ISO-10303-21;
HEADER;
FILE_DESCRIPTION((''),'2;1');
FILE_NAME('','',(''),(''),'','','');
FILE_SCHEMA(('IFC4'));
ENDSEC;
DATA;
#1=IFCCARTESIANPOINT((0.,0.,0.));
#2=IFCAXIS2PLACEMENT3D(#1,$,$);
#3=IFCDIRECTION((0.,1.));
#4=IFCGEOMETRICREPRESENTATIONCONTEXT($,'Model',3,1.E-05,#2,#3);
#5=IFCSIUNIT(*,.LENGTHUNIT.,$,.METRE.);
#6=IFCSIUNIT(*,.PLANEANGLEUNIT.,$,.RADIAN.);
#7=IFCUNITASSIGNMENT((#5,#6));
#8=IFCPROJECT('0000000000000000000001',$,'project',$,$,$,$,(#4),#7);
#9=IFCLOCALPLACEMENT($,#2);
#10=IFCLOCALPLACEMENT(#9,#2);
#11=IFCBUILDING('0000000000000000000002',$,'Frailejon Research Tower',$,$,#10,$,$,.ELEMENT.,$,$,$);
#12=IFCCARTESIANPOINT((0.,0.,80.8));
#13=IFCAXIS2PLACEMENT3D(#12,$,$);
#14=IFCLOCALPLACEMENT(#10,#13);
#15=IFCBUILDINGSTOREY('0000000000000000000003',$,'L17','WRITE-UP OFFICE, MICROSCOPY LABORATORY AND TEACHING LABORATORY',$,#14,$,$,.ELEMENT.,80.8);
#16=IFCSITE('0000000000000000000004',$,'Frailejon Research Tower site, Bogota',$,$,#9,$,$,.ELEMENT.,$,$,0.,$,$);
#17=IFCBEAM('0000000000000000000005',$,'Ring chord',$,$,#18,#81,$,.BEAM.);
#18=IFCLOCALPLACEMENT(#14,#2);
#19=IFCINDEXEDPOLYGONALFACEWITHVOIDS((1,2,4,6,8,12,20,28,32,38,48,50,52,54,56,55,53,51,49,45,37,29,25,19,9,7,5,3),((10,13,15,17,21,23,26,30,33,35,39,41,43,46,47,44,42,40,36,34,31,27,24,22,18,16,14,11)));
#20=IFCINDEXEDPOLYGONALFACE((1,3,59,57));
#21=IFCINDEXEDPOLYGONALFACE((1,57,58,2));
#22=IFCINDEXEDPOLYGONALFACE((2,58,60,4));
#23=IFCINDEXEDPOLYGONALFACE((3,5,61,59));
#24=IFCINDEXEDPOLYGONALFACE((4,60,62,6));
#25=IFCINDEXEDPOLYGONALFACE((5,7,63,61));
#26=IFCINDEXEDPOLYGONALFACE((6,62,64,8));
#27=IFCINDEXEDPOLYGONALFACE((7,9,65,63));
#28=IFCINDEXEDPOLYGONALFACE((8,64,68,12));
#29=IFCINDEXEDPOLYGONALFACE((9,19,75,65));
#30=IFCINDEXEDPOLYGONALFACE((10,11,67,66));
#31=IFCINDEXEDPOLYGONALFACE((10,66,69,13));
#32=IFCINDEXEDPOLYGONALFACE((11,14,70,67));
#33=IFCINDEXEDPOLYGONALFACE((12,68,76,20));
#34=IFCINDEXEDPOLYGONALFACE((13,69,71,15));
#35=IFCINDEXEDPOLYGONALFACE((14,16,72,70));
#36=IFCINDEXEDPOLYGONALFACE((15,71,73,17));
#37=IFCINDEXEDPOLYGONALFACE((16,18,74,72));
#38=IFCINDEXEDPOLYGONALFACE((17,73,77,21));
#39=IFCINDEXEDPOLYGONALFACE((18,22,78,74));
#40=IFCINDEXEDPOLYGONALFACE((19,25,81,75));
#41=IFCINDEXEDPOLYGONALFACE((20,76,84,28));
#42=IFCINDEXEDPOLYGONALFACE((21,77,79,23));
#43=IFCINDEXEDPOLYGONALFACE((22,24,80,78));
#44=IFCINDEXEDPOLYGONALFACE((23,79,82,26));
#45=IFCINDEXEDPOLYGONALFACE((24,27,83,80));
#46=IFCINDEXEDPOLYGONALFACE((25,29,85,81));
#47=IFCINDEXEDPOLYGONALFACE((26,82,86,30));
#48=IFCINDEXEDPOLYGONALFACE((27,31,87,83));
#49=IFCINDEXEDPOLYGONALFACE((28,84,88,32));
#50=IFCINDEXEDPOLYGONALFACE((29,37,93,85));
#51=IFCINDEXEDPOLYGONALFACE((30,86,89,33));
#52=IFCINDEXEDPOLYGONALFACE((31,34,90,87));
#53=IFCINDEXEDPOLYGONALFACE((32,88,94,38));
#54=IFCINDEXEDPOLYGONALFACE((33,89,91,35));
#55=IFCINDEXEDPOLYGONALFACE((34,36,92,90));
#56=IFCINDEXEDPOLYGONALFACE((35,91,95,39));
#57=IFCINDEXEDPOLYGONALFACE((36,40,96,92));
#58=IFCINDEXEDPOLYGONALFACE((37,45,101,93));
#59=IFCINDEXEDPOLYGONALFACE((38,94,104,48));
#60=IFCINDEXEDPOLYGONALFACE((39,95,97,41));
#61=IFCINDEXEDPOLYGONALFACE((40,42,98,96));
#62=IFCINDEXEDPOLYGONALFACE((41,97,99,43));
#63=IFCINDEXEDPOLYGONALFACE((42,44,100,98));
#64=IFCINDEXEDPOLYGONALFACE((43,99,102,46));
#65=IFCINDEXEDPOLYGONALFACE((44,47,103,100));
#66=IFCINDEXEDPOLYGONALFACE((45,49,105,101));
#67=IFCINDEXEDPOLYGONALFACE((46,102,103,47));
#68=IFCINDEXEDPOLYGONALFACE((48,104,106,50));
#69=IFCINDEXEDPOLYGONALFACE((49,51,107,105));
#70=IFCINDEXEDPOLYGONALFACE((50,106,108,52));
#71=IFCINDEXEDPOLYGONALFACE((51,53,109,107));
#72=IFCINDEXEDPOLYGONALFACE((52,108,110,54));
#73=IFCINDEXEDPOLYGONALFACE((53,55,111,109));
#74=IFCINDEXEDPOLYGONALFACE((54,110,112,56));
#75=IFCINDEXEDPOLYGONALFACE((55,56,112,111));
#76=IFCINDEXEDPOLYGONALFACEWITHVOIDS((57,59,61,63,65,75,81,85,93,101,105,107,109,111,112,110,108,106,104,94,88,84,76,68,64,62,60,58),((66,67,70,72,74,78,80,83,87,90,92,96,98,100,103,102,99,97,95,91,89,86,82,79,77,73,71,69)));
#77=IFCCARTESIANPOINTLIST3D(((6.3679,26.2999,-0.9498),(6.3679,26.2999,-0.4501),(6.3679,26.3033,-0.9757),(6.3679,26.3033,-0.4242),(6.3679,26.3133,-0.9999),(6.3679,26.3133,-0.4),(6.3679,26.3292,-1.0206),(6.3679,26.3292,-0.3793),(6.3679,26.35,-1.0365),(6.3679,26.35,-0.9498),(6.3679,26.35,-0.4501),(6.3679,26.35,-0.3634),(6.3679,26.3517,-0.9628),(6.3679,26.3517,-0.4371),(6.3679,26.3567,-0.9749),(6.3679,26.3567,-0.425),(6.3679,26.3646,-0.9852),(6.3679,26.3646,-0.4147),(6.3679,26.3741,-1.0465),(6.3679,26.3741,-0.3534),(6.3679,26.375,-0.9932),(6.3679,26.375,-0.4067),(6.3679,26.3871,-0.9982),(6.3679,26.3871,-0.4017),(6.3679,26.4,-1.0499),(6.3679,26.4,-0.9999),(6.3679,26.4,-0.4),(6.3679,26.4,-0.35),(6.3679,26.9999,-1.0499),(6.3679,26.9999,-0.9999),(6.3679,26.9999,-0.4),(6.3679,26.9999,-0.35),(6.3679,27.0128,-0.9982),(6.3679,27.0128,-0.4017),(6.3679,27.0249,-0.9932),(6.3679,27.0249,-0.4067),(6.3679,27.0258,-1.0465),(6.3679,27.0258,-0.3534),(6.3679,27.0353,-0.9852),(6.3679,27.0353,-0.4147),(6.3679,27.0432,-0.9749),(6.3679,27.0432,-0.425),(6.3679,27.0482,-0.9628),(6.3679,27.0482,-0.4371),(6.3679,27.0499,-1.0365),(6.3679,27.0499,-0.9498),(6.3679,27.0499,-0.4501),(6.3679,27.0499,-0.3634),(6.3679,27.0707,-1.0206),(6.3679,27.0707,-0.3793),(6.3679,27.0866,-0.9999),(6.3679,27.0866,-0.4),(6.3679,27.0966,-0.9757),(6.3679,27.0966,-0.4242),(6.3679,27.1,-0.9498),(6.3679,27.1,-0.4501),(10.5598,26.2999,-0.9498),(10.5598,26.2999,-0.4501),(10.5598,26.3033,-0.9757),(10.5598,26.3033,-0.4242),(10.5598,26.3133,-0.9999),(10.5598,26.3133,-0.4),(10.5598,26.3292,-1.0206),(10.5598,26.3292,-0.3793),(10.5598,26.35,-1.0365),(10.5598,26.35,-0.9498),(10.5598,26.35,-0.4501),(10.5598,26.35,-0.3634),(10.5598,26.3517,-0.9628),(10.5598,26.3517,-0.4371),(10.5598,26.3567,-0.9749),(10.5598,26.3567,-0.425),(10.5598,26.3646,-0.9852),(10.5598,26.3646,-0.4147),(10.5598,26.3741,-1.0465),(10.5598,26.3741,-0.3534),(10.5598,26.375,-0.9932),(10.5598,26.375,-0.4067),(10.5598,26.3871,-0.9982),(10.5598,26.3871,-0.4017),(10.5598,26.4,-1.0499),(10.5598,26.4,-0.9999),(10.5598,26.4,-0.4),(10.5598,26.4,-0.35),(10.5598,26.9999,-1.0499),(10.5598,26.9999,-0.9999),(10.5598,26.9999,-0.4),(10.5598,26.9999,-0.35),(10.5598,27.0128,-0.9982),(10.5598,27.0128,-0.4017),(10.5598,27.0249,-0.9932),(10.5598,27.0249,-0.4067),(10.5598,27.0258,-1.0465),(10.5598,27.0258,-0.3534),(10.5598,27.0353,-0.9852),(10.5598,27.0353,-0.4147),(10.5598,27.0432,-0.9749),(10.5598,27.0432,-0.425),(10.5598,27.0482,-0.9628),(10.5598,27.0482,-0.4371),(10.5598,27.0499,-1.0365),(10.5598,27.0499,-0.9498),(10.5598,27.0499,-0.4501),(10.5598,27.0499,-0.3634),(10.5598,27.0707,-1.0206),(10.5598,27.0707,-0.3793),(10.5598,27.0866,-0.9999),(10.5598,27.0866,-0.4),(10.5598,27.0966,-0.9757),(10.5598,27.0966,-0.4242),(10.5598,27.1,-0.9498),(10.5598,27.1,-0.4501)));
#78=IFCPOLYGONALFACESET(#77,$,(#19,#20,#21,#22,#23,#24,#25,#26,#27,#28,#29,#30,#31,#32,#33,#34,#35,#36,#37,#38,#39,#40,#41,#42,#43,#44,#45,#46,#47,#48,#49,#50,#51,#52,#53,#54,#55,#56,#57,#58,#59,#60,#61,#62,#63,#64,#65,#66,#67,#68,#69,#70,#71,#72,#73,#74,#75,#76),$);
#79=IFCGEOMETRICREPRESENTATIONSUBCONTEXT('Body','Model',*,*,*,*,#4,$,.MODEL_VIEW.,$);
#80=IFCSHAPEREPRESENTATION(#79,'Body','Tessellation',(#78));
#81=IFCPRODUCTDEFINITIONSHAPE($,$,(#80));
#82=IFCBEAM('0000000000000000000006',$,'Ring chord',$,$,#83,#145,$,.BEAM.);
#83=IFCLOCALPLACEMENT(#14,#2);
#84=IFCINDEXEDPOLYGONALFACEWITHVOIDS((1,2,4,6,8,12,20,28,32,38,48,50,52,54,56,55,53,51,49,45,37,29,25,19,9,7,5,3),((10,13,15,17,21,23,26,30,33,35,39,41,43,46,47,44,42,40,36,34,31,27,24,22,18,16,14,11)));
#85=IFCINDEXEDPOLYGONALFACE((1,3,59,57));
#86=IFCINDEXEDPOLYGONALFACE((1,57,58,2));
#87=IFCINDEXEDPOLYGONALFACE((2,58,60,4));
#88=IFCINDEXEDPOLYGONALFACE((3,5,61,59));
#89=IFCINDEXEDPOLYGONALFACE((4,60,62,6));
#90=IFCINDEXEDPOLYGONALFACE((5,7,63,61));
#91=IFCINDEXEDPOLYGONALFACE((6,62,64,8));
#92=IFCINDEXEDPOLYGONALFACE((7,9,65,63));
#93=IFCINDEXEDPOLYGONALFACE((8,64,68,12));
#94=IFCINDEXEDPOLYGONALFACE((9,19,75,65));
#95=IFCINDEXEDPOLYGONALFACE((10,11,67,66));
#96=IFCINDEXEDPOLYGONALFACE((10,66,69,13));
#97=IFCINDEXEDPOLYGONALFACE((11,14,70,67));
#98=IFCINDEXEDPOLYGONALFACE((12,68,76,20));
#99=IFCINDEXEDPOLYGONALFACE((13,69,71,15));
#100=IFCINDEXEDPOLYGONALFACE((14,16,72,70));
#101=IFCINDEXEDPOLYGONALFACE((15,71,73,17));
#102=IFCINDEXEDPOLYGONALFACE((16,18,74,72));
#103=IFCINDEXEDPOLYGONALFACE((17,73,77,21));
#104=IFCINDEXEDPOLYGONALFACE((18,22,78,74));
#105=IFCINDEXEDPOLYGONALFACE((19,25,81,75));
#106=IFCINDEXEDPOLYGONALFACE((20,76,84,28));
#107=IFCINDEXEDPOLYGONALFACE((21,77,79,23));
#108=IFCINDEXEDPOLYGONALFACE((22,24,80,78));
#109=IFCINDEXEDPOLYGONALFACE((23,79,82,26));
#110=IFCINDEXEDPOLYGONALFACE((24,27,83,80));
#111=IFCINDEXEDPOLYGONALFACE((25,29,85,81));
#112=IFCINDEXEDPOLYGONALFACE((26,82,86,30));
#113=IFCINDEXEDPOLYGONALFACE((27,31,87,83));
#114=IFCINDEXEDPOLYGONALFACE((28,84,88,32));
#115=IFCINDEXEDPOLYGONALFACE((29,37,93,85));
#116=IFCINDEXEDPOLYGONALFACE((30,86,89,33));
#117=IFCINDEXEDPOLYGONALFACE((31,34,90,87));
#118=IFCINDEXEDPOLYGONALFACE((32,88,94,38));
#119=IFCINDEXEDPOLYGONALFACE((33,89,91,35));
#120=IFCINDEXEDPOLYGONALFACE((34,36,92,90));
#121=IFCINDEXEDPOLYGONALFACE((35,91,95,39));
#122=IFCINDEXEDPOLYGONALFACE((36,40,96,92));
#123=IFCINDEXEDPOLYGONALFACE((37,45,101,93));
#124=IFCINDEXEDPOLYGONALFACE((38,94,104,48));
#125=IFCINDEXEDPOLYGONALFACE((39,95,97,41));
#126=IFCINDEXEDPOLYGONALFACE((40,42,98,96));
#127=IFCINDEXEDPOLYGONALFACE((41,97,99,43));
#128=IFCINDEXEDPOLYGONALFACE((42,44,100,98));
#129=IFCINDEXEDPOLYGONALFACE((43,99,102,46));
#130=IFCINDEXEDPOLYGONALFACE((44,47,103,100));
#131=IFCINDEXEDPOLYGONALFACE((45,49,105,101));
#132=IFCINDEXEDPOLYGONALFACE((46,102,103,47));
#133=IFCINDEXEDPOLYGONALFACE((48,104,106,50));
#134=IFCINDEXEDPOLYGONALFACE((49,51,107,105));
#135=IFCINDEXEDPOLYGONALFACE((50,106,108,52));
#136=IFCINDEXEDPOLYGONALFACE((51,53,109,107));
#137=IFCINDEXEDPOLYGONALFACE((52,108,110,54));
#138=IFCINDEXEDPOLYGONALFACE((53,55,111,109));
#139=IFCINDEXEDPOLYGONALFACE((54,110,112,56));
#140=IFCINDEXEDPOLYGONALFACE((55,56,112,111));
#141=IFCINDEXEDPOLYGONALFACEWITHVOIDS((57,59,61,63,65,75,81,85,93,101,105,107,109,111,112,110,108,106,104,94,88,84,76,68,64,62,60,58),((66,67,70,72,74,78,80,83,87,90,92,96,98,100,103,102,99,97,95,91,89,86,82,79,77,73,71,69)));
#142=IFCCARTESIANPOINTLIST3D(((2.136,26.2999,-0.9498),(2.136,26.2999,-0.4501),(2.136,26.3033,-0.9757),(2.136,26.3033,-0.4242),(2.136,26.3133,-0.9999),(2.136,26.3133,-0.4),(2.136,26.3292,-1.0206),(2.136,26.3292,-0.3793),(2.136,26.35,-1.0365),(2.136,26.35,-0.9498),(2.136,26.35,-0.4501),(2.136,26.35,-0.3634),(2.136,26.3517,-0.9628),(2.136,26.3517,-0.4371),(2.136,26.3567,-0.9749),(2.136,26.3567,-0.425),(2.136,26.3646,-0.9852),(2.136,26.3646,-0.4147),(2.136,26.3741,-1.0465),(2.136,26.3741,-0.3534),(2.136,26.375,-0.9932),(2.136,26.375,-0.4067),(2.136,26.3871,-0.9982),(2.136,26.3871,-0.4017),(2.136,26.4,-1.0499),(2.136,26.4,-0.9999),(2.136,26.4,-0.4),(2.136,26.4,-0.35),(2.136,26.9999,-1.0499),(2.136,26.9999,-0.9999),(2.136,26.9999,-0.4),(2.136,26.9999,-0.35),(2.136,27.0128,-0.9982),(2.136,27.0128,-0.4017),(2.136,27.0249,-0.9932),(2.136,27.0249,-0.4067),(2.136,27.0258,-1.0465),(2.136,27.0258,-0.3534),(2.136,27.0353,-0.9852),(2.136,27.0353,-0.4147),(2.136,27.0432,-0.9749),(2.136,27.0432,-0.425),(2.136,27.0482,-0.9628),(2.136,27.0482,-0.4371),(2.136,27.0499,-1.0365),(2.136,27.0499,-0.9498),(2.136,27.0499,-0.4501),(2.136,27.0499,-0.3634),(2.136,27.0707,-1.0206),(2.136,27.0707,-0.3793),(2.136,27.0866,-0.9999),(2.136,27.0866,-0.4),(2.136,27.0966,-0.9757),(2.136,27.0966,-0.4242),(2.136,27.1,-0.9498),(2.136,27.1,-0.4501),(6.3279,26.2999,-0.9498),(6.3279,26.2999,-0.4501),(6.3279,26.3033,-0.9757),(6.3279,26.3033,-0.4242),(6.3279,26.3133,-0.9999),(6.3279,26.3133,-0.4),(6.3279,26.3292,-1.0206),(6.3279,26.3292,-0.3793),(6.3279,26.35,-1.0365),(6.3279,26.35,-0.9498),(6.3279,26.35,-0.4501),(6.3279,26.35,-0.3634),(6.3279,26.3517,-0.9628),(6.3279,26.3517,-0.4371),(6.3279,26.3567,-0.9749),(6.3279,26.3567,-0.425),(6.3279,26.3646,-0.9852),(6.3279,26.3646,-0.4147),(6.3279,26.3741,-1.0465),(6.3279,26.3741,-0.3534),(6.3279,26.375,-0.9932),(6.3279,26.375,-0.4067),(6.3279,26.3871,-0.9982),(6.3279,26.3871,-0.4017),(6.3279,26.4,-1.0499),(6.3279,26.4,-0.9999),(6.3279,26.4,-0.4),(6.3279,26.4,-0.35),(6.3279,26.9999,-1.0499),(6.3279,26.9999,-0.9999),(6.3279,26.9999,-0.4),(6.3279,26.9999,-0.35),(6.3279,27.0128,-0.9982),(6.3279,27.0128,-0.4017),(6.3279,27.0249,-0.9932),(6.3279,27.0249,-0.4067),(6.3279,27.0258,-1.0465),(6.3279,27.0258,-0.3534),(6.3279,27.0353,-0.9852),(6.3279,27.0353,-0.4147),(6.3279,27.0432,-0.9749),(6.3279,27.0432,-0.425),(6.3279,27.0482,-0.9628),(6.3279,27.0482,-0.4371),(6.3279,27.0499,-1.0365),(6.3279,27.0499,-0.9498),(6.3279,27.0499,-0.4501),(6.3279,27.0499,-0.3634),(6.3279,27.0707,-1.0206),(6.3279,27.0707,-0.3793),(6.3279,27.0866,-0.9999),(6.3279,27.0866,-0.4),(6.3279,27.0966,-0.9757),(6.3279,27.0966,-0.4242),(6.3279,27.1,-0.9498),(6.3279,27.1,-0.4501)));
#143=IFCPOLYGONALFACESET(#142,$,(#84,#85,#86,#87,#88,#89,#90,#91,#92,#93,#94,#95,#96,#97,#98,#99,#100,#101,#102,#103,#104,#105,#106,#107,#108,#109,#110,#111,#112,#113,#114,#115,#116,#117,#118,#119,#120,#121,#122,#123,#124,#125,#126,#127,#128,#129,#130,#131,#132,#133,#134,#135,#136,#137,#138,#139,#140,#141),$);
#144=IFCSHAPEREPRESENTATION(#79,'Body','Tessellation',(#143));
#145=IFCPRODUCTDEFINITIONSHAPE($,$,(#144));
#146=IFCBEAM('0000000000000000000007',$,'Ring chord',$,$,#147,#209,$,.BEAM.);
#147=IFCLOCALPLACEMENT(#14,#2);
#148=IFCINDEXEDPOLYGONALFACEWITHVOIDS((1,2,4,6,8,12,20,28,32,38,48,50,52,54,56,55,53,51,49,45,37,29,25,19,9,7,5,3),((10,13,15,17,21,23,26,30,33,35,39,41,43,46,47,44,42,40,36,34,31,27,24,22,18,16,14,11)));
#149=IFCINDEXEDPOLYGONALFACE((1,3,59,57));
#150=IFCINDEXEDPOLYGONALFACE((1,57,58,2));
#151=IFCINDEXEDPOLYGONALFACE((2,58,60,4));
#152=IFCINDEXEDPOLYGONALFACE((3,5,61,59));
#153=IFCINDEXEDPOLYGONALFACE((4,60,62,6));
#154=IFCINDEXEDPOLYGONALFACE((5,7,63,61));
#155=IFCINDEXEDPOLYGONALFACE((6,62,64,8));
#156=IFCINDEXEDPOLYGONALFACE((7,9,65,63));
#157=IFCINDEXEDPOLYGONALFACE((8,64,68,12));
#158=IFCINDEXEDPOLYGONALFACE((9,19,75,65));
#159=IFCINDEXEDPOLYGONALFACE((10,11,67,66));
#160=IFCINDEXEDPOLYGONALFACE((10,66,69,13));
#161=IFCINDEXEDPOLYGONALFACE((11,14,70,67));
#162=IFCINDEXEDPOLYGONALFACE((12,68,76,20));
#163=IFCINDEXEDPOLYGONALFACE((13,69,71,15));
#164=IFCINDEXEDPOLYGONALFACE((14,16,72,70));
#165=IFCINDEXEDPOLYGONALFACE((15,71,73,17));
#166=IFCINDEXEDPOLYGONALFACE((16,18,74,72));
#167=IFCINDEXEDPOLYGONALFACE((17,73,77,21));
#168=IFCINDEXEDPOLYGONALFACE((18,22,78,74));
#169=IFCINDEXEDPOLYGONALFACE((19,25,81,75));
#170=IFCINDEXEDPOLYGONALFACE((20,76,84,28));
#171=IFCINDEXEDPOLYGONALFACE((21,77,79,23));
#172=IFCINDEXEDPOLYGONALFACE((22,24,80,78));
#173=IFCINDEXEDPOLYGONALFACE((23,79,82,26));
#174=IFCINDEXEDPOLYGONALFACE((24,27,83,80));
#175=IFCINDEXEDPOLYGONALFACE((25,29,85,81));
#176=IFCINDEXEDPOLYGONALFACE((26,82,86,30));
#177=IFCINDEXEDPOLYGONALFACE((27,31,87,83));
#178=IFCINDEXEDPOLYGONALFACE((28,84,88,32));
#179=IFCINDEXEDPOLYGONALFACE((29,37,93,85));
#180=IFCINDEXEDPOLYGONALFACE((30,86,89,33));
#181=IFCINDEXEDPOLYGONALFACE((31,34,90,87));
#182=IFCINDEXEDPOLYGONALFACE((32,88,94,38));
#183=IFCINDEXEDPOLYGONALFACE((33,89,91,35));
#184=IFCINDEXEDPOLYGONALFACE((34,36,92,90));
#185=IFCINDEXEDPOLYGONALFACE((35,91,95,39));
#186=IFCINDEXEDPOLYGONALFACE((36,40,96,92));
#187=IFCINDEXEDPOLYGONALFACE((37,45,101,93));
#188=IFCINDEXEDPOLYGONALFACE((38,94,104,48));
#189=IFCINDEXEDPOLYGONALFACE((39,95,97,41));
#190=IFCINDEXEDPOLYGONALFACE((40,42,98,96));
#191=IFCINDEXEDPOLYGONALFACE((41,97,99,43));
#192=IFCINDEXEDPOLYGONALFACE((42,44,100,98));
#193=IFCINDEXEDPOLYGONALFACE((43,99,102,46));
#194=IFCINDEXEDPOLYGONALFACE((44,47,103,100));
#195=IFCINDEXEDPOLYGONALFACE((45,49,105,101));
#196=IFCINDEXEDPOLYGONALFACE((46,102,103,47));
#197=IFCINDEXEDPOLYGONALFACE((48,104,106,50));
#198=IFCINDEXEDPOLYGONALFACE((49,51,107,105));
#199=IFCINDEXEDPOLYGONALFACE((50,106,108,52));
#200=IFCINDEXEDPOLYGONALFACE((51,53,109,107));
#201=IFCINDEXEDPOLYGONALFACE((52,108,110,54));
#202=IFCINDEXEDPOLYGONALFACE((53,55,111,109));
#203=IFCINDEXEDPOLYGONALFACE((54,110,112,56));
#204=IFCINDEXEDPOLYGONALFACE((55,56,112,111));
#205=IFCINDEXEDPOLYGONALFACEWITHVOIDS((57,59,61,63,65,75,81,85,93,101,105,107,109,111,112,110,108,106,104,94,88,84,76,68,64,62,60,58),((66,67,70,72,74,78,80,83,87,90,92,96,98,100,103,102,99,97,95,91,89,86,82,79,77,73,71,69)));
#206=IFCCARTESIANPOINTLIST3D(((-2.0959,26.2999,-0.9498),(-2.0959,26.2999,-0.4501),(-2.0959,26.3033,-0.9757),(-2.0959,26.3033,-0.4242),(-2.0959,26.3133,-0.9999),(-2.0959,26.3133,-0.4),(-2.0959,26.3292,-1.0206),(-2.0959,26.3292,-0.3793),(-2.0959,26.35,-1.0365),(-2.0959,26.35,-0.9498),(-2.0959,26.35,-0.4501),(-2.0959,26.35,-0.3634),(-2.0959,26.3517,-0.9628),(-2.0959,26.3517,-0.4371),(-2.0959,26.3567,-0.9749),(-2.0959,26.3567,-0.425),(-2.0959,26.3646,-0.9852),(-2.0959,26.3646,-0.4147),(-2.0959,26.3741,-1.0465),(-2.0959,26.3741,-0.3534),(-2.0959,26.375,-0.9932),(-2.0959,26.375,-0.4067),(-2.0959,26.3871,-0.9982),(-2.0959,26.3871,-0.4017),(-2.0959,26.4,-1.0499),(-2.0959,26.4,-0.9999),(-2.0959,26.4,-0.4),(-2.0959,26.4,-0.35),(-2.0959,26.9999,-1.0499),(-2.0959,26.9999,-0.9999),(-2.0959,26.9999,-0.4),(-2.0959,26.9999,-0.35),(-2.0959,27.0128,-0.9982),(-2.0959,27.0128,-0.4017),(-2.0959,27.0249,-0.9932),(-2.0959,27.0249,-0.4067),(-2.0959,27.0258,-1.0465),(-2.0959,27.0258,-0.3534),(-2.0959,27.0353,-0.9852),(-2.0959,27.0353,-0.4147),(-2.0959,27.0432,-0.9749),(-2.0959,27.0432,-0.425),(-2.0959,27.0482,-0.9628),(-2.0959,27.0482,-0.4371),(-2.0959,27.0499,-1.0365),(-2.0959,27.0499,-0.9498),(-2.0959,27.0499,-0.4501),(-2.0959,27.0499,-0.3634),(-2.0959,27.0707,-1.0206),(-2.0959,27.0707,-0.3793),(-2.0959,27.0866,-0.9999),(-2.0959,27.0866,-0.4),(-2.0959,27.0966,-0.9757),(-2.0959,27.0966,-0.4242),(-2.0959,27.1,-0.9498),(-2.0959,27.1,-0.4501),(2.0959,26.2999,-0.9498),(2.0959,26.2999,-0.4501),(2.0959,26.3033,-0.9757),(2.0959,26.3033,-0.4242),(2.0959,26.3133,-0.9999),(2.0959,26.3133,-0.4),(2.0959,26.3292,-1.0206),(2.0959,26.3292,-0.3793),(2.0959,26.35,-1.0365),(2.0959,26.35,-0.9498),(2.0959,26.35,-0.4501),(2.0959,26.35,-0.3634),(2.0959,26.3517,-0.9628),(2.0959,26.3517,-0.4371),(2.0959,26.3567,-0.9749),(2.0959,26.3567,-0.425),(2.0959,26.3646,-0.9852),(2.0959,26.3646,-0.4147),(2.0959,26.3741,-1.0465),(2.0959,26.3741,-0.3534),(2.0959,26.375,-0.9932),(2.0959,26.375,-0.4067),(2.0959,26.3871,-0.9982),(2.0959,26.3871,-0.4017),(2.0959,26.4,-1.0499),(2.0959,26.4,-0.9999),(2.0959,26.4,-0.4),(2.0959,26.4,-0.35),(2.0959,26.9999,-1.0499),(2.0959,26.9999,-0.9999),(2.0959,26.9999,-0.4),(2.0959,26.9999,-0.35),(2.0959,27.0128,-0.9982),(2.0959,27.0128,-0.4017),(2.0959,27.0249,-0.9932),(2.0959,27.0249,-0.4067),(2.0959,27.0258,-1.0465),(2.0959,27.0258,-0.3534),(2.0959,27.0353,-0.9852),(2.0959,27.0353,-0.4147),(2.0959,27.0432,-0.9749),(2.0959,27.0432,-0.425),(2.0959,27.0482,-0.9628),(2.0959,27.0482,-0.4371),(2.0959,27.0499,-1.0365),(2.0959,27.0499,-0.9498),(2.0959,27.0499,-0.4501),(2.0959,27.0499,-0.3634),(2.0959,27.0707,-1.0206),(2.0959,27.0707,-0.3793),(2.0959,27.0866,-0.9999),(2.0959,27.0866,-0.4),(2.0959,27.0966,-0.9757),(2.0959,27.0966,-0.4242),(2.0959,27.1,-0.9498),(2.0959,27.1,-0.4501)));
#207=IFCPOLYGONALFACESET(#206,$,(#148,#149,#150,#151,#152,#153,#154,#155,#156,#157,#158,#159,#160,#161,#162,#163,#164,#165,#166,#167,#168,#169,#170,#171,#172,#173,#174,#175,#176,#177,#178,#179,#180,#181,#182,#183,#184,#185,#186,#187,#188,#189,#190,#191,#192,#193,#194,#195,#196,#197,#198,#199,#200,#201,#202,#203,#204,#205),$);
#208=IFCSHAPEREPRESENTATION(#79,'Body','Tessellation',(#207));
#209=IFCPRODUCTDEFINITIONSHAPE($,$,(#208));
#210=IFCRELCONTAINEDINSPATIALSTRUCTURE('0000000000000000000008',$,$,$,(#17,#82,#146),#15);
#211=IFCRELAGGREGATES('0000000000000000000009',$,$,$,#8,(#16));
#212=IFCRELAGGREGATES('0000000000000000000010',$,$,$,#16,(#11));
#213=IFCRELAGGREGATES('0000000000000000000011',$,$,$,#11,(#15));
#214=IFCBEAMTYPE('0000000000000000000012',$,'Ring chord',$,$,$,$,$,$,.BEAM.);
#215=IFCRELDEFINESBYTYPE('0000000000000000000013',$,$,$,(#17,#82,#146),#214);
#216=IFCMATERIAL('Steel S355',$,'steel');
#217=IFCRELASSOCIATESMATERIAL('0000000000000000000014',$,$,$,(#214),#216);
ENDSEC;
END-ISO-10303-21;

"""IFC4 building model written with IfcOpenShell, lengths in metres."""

from ifc_helpers import new_model, si_unit, direction, frame, origin, origin_2d, place, context, subcontext, project, spatial, hollow_rectangle, extrude, material, material_profile, profile_set, type_object, element, save


model = new_model("IFC4")

# Units and contexts
model_context = context("Model", 3, precision=1e-05, world=origin(), true_north=direction((0.0, 1.0)))
body_context = subcontext(model_context, "Body", "Model", "MODEL_VIEW")
ifc_project = project(units=[si_unit("LENGTHUNIT", "METRE"), si_unit("PLANEANGLEUNIT", "RADIAN")], contexts=[model_context])

# Site, building, storey
site_placement = place(None, origin())
site = spatial("IfcSite", under=ifc_project, at=site_placement, Name="Frailejon Research Tower site, Bogota", CompositionType="ELEMENT", RefElevation=0.0)
building_placement = place(site_placement, origin())
building = spatial("IfcBuilding", under=site, at=building_placement, Name="Frailejon Research Tower", CompositionType="ELEMENT")
storey_placement = place(building_placement, frame((0.0, 0.0, 80.8)))
storey = spatial("IfcBuildingStorey", under=building, at=storey_placement, Name="L17", Description="WRITE-UP OFFICE, MICROSCOPY LABORATORY AND TEACHING LABORATORY", CompositionType="ELEMENT", Elevation=80.8)

# Beams
ifc_material_1 = material(Name="Steel S355", Category="steel")
ifc_material_profile_1 = material_profile(ifc_material_1, hollow_rectangle(XDim=0.8, YDim=0.7, WallThickness=0.05, InnerFilletRadius=0.05, OuterFilletRadius=0.1001, at=origin_2d()), Name="Ring chord")
ifc_profile_set_1 = profile_set([ifc_material_profile_1], Name="Steel S355")
beam_type_1 = type_object("IfcBeamType", Name="Ring chord", PredefinedType="BEAM", material=ifc_profile_set_1)
for number, where, z_axis, x_axis, name in (
    (1, (10.5598, 26.7, -0.7), (-1.0, 0.0, 0.0), (0.0, -1.0, 0.0), "Ring chord"),
    (2, (6.3279, 26.7, -0.7), (-1.0, 0.0, 0.0), (0.0, -1.0, 0.0), "Ring chord"),
    (3, (2.0959, 26.7, -0.7), (-1.0, 0.0, 0.0), (0.0, -1.0, 0.0), "Ring chord"),
):
    element("IfcBeam", number, at=place(storey_placement, frame(where, z_axis=z_axis, x_axis=x_axis)), inside=storey, type_object=beam_type_1, Name=name, PredefinedType="BEAM", context=body_context, shape_type="SweptSolid", body=[
        extrude(hollow_rectangle(XDim=0.8, YDim=0.7, WallThickness=0.05, InnerFilletRadius=0.05, OuterFilletRadius=0.1001, at=origin_2d()), origin(), (0.0, 0.0, 1.0), 4.1919),
    ])

save(model, "model.ifc")
